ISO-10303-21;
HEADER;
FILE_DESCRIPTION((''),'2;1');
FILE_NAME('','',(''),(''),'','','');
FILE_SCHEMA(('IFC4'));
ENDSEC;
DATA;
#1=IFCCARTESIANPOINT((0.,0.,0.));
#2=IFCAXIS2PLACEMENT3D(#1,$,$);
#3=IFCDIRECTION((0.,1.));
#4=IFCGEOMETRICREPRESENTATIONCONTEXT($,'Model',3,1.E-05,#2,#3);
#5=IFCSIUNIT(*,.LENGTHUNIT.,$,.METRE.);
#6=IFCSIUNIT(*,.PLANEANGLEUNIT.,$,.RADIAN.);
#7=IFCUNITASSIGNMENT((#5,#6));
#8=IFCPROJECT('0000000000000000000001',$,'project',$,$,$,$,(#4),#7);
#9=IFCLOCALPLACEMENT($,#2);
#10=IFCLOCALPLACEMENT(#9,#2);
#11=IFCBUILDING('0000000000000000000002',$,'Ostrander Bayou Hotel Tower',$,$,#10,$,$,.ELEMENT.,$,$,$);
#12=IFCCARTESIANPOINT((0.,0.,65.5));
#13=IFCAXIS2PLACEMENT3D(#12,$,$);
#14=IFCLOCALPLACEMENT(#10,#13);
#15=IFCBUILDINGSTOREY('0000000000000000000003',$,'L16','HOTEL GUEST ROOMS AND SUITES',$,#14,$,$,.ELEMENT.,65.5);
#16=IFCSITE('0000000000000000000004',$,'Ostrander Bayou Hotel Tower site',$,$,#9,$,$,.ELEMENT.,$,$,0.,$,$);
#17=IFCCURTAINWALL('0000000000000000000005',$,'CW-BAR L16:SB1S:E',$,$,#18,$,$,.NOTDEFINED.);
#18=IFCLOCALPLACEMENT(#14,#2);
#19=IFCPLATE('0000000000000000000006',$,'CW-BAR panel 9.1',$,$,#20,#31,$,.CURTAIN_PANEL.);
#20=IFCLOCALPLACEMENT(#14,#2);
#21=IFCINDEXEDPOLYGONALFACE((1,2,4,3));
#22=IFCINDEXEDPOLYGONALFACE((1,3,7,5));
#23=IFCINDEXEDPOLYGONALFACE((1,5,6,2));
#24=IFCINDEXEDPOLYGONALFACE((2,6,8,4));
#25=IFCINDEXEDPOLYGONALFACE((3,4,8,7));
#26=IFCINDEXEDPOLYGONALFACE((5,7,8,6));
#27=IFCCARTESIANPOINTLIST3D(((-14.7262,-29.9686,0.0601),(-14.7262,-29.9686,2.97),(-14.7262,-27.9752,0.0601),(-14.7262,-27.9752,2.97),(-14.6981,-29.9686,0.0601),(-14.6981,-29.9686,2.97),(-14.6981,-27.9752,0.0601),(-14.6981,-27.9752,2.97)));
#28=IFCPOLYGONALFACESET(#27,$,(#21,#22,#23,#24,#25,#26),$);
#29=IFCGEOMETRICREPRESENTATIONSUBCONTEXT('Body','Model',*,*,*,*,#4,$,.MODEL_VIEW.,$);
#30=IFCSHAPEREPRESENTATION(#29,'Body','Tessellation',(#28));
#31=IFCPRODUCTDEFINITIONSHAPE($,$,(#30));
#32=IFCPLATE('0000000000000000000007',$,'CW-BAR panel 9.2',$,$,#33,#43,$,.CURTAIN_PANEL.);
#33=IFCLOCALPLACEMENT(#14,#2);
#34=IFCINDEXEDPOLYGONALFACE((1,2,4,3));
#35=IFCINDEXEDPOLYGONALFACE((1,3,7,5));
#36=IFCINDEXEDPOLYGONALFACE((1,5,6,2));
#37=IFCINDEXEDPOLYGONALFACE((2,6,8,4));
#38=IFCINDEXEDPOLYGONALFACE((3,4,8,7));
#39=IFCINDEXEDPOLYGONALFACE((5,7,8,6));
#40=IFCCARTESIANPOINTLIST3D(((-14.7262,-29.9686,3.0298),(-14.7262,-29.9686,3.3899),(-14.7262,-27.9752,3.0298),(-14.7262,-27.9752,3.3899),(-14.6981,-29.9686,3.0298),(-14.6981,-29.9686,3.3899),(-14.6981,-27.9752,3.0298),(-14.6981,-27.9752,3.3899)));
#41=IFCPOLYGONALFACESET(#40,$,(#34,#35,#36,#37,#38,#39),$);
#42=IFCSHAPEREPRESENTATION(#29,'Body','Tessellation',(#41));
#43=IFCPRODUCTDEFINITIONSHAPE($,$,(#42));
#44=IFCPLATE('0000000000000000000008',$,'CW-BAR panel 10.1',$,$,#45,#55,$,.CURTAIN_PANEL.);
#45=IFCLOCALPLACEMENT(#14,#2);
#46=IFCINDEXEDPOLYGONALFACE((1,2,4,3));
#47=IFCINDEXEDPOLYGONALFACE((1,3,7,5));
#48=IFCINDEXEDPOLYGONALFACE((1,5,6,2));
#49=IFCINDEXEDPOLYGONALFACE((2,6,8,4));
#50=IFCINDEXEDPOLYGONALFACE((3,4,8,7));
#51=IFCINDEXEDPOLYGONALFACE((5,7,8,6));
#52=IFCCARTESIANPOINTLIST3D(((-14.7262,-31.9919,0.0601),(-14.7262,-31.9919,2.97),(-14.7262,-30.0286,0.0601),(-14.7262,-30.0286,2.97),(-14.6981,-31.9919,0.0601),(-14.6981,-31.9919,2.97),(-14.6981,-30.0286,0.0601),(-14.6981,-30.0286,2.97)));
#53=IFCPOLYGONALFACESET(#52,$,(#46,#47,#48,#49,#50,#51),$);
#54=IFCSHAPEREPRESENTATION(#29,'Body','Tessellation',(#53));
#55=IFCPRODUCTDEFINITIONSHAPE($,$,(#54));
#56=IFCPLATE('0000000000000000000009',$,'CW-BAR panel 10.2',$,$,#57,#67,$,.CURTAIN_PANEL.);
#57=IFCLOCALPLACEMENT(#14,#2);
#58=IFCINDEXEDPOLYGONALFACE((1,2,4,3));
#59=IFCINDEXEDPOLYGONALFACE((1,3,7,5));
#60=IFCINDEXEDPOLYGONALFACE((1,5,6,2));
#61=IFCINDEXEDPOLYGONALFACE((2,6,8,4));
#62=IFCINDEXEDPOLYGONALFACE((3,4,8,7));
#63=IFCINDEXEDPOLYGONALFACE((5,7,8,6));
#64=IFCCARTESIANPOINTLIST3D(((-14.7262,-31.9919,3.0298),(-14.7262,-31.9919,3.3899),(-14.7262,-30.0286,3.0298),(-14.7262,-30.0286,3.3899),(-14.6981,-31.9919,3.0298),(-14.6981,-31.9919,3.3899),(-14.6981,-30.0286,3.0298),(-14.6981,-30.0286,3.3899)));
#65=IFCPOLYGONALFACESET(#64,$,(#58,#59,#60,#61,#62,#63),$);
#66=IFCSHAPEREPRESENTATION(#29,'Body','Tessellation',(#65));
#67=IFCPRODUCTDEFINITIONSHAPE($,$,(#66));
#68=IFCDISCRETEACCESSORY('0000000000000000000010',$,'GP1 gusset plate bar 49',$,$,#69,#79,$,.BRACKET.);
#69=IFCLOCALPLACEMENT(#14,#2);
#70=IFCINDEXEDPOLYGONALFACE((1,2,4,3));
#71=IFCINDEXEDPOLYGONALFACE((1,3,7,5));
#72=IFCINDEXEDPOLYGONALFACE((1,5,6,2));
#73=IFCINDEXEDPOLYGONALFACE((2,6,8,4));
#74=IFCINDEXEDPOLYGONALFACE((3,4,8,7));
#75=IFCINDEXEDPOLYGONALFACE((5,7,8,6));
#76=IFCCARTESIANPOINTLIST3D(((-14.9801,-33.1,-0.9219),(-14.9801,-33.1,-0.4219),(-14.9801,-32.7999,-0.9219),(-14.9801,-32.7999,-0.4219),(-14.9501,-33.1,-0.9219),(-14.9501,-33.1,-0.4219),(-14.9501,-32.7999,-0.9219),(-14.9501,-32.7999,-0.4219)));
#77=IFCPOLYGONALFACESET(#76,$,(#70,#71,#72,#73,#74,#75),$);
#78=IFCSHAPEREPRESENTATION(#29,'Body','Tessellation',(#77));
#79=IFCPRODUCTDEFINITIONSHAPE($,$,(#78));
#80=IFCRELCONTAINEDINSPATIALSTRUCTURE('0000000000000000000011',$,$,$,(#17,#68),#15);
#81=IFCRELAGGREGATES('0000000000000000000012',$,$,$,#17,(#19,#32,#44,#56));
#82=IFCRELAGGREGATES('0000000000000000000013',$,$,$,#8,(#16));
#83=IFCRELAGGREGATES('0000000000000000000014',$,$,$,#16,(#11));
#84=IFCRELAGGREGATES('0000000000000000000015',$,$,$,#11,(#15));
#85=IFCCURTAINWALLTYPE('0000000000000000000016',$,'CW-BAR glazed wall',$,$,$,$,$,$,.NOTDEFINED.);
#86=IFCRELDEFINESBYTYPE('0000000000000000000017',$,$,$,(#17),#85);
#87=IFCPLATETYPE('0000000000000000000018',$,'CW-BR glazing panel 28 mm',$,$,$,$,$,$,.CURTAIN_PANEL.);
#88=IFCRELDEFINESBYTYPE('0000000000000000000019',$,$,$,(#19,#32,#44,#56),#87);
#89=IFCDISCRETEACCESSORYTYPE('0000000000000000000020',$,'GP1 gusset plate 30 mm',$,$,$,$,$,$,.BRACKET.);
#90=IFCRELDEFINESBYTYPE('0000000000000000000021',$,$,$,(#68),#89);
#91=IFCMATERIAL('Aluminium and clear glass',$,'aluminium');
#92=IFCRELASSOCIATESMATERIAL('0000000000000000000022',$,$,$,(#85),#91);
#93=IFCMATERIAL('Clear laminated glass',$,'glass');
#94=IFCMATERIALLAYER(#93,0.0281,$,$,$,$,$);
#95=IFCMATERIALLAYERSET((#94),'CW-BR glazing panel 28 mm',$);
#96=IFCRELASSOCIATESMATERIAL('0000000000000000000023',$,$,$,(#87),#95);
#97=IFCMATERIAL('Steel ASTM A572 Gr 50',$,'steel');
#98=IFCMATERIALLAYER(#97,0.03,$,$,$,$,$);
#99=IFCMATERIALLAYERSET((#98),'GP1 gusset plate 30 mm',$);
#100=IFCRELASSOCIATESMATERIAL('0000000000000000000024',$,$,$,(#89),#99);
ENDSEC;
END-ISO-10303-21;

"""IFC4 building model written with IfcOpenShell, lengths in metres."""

from ifc_helpers import new_model, si_unit, direction, frame, origin, origin_2d, place, context, subcontext, project, spatial, rectangle, extrude, material, layer, layer_set, type_object, element, aggregate, save


model = new_model("IFC4")

# Units and contexts
model_context = context("Model", 3, precision=1e-05, world=origin(), true_north=direction((0.0, 1.0)))
body_context = subcontext(model_context, "Body", "Model", "MODEL_VIEW")
ifc_project = project(units=[si_unit("LENGTHUNIT", "METRE"), si_unit("PLANEANGLEUNIT", "RADIAN")], contexts=[model_context])

# Site, building, storey
site_placement = place(None, origin())
site = spatial("IfcSite", under=ifc_project, at=site_placement, Name="Ostrander Bayou Hotel Tower site", CompositionType="ELEMENT", RefElevation=0.0)
building_placement = place(site_placement, origin())
building = spatial("IfcBuilding", under=site, at=building_placement, Name="Ostrander Bayou Hotel Tower", CompositionType="ELEMENT")
storey_placement = place(building_placement, frame((0.0, 0.0, 65.5)))
storey = spatial("IfcBuildingStorey", under=building, at=storey_placement, Name="L16", Description="HOTEL GUEST ROOMS AND SUITES", CompositionType="ELEMENT", Elevation=65.5)

# Curtain wall
ifc_material_1 = material(Name="Aluminium and clear glass", Category="aluminium")
curtain_wall_type = type_object("IfcCurtainWallType", Name="CW-BAR glazed wall", PredefinedType="NOTDEFINED", material=ifc_material_1)
curtain_wall_1_placement = place(storey_placement, origin())
curtain_wall_1 = element("IfcCurtainWall", 1, at=curtain_wall_1_placement, inside=storey, type_object=curtain_wall_type, Name="CW-BAR L16:SB1S:E", PredefinedType="NOTDEFINED")

# Plates
ifc_material_2 = material(Name="Clear laminated glass", Category="glass")
ifc_layer_1 = layer(ifc_material_2, 0.0281)
ifc_layer_set_1 = layer_set([ifc_layer_1], Name="CW-BR glazing panel 28 mm")
plate_type = type_object("IfcPlateType", Name="CW-BR glazing panel 28 mm", PredefinedType="CURTAIN_PANEL", material=ifc_layer_set_1)
plate_1_placement = place(storey_placement, frame((-14.7122, -28.9719, 0.0601), z_axis=(0.0, 0.0, 1.0), x_axis=(0.0, -1.0, 0.0)))
plate_1 = element("IfcPlate", 2, at=plate_1_placement, type_object=plate_type, Name="CW-BAR panel 9.1", PredefinedType="CURTAIN_PANEL", context=body_context, shape_type="SweptSolid", body=[
    extrude(rectangle(XDim=1.9934, YDim=0.0281, at=origin_2d()), origin(), (0.0, 0.0, 1.0), 2.9099),
])
plate_2_placement = place(storey_placement, frame((-14.7122, -28.9719, 3.0298), z_axis=(0.0, 0.0, 1.0), x_axis=(0.0, -1.0, 0.0)))
plate_2 = element("IfcPlate", 3, at=plate_2_placement, type_object=plate_type, Name="CW-BAR panel 9.2", PredefinedType="CURTAIN_PANEL", context=body_context, shape_type="SweptSolid", body=[
    extrude(rectangle(XDim=1.9934, YDim=0.0281, at=origin_2d()), origin(), (0.0, 0.0, 1.0), 0.3601),
])
plate_3_placement = place(storey_placement, frame((-14.7122, -31.0103, 0.0601), z_axis=(0.0, 0.0, 1.0), x_axis=(0.0, -1.0, 0.0)))
plate_3 = element("IfcPlate", 4, at=plate_3_placement, type_object=plate_type, Name="CW-BAR panel 10.1", PredefinedType="CURTAIN_PANEL", context=body_context, shape_type="SweptSolid", body=[
    extrude(rectangle(XDim=1.9634, YDim=0.0281, at=origin_2d()), origin(), (0.0, 0.0, 1.0), 2.9099),
])
plate_4_placement = place(storey_placement, frame((-14.7122, -31.0103, 3.0298), z_axis=(0.0, 0.0, 1.0), x_axis=(0.0, -1.0, 0.0)))
plate_4 = element("IfcPlate", 5, at=plate_4_placement, type_object=plate_type, Name="CW-BAR panel 10.2", PredefinedType="CURTAIN_PANEL", context=body_context, shape_type="SweptSolid", body=[
    extrude(rectangle(XDim=1.9634, YDim=0.0281, at=origin_2d()), origin(), (0.0, 0.0, 1.0), 0.3601),
])
aggregate(curtain_wall_1, [plate_1, plate_2, plate_3, plate_4])

# Discrete accessory
ifc_material_3 = material(Name="Steel ASTM A572 Gr 50", Category="steel")
ifc_layer_2 = layer(ifc_material_3, 0.03)
ifc_layer_set_2 = layer_set([ifc_layer_2], Name="GP1 gusset plate 30 mm")
discrete_accessory_type = type_object("IfcDiscreteAccessoryType", Name="GP1 gusset plate 30 mm", PredefinedType="BRACKET", material=ifc_layer_set_2)
discrete_accessory_placement = place(storey_placement, frame((-14.9651, -32.95, -0.9219), z_axis=(0.0, 0.0, 1.0), x_axis=(0.0, 1.0, 0.0)))
element("IfcDiscreteAccessory", 6, at=discrete_accessory_placement, inside=storey, type_object=discrete_accessory_type, Name="GP1 gusset plate bar 49", PredefinedType="BRACKET", context=body_context, shape_type="SweptSolid", body=[
    extrude(rectangle(XDim=0.3, YDim=0.03, at=origin_2d()), origin(), (0.0, 0.0, 1.0), 0.5),
])

save(model, "model.ifc")
